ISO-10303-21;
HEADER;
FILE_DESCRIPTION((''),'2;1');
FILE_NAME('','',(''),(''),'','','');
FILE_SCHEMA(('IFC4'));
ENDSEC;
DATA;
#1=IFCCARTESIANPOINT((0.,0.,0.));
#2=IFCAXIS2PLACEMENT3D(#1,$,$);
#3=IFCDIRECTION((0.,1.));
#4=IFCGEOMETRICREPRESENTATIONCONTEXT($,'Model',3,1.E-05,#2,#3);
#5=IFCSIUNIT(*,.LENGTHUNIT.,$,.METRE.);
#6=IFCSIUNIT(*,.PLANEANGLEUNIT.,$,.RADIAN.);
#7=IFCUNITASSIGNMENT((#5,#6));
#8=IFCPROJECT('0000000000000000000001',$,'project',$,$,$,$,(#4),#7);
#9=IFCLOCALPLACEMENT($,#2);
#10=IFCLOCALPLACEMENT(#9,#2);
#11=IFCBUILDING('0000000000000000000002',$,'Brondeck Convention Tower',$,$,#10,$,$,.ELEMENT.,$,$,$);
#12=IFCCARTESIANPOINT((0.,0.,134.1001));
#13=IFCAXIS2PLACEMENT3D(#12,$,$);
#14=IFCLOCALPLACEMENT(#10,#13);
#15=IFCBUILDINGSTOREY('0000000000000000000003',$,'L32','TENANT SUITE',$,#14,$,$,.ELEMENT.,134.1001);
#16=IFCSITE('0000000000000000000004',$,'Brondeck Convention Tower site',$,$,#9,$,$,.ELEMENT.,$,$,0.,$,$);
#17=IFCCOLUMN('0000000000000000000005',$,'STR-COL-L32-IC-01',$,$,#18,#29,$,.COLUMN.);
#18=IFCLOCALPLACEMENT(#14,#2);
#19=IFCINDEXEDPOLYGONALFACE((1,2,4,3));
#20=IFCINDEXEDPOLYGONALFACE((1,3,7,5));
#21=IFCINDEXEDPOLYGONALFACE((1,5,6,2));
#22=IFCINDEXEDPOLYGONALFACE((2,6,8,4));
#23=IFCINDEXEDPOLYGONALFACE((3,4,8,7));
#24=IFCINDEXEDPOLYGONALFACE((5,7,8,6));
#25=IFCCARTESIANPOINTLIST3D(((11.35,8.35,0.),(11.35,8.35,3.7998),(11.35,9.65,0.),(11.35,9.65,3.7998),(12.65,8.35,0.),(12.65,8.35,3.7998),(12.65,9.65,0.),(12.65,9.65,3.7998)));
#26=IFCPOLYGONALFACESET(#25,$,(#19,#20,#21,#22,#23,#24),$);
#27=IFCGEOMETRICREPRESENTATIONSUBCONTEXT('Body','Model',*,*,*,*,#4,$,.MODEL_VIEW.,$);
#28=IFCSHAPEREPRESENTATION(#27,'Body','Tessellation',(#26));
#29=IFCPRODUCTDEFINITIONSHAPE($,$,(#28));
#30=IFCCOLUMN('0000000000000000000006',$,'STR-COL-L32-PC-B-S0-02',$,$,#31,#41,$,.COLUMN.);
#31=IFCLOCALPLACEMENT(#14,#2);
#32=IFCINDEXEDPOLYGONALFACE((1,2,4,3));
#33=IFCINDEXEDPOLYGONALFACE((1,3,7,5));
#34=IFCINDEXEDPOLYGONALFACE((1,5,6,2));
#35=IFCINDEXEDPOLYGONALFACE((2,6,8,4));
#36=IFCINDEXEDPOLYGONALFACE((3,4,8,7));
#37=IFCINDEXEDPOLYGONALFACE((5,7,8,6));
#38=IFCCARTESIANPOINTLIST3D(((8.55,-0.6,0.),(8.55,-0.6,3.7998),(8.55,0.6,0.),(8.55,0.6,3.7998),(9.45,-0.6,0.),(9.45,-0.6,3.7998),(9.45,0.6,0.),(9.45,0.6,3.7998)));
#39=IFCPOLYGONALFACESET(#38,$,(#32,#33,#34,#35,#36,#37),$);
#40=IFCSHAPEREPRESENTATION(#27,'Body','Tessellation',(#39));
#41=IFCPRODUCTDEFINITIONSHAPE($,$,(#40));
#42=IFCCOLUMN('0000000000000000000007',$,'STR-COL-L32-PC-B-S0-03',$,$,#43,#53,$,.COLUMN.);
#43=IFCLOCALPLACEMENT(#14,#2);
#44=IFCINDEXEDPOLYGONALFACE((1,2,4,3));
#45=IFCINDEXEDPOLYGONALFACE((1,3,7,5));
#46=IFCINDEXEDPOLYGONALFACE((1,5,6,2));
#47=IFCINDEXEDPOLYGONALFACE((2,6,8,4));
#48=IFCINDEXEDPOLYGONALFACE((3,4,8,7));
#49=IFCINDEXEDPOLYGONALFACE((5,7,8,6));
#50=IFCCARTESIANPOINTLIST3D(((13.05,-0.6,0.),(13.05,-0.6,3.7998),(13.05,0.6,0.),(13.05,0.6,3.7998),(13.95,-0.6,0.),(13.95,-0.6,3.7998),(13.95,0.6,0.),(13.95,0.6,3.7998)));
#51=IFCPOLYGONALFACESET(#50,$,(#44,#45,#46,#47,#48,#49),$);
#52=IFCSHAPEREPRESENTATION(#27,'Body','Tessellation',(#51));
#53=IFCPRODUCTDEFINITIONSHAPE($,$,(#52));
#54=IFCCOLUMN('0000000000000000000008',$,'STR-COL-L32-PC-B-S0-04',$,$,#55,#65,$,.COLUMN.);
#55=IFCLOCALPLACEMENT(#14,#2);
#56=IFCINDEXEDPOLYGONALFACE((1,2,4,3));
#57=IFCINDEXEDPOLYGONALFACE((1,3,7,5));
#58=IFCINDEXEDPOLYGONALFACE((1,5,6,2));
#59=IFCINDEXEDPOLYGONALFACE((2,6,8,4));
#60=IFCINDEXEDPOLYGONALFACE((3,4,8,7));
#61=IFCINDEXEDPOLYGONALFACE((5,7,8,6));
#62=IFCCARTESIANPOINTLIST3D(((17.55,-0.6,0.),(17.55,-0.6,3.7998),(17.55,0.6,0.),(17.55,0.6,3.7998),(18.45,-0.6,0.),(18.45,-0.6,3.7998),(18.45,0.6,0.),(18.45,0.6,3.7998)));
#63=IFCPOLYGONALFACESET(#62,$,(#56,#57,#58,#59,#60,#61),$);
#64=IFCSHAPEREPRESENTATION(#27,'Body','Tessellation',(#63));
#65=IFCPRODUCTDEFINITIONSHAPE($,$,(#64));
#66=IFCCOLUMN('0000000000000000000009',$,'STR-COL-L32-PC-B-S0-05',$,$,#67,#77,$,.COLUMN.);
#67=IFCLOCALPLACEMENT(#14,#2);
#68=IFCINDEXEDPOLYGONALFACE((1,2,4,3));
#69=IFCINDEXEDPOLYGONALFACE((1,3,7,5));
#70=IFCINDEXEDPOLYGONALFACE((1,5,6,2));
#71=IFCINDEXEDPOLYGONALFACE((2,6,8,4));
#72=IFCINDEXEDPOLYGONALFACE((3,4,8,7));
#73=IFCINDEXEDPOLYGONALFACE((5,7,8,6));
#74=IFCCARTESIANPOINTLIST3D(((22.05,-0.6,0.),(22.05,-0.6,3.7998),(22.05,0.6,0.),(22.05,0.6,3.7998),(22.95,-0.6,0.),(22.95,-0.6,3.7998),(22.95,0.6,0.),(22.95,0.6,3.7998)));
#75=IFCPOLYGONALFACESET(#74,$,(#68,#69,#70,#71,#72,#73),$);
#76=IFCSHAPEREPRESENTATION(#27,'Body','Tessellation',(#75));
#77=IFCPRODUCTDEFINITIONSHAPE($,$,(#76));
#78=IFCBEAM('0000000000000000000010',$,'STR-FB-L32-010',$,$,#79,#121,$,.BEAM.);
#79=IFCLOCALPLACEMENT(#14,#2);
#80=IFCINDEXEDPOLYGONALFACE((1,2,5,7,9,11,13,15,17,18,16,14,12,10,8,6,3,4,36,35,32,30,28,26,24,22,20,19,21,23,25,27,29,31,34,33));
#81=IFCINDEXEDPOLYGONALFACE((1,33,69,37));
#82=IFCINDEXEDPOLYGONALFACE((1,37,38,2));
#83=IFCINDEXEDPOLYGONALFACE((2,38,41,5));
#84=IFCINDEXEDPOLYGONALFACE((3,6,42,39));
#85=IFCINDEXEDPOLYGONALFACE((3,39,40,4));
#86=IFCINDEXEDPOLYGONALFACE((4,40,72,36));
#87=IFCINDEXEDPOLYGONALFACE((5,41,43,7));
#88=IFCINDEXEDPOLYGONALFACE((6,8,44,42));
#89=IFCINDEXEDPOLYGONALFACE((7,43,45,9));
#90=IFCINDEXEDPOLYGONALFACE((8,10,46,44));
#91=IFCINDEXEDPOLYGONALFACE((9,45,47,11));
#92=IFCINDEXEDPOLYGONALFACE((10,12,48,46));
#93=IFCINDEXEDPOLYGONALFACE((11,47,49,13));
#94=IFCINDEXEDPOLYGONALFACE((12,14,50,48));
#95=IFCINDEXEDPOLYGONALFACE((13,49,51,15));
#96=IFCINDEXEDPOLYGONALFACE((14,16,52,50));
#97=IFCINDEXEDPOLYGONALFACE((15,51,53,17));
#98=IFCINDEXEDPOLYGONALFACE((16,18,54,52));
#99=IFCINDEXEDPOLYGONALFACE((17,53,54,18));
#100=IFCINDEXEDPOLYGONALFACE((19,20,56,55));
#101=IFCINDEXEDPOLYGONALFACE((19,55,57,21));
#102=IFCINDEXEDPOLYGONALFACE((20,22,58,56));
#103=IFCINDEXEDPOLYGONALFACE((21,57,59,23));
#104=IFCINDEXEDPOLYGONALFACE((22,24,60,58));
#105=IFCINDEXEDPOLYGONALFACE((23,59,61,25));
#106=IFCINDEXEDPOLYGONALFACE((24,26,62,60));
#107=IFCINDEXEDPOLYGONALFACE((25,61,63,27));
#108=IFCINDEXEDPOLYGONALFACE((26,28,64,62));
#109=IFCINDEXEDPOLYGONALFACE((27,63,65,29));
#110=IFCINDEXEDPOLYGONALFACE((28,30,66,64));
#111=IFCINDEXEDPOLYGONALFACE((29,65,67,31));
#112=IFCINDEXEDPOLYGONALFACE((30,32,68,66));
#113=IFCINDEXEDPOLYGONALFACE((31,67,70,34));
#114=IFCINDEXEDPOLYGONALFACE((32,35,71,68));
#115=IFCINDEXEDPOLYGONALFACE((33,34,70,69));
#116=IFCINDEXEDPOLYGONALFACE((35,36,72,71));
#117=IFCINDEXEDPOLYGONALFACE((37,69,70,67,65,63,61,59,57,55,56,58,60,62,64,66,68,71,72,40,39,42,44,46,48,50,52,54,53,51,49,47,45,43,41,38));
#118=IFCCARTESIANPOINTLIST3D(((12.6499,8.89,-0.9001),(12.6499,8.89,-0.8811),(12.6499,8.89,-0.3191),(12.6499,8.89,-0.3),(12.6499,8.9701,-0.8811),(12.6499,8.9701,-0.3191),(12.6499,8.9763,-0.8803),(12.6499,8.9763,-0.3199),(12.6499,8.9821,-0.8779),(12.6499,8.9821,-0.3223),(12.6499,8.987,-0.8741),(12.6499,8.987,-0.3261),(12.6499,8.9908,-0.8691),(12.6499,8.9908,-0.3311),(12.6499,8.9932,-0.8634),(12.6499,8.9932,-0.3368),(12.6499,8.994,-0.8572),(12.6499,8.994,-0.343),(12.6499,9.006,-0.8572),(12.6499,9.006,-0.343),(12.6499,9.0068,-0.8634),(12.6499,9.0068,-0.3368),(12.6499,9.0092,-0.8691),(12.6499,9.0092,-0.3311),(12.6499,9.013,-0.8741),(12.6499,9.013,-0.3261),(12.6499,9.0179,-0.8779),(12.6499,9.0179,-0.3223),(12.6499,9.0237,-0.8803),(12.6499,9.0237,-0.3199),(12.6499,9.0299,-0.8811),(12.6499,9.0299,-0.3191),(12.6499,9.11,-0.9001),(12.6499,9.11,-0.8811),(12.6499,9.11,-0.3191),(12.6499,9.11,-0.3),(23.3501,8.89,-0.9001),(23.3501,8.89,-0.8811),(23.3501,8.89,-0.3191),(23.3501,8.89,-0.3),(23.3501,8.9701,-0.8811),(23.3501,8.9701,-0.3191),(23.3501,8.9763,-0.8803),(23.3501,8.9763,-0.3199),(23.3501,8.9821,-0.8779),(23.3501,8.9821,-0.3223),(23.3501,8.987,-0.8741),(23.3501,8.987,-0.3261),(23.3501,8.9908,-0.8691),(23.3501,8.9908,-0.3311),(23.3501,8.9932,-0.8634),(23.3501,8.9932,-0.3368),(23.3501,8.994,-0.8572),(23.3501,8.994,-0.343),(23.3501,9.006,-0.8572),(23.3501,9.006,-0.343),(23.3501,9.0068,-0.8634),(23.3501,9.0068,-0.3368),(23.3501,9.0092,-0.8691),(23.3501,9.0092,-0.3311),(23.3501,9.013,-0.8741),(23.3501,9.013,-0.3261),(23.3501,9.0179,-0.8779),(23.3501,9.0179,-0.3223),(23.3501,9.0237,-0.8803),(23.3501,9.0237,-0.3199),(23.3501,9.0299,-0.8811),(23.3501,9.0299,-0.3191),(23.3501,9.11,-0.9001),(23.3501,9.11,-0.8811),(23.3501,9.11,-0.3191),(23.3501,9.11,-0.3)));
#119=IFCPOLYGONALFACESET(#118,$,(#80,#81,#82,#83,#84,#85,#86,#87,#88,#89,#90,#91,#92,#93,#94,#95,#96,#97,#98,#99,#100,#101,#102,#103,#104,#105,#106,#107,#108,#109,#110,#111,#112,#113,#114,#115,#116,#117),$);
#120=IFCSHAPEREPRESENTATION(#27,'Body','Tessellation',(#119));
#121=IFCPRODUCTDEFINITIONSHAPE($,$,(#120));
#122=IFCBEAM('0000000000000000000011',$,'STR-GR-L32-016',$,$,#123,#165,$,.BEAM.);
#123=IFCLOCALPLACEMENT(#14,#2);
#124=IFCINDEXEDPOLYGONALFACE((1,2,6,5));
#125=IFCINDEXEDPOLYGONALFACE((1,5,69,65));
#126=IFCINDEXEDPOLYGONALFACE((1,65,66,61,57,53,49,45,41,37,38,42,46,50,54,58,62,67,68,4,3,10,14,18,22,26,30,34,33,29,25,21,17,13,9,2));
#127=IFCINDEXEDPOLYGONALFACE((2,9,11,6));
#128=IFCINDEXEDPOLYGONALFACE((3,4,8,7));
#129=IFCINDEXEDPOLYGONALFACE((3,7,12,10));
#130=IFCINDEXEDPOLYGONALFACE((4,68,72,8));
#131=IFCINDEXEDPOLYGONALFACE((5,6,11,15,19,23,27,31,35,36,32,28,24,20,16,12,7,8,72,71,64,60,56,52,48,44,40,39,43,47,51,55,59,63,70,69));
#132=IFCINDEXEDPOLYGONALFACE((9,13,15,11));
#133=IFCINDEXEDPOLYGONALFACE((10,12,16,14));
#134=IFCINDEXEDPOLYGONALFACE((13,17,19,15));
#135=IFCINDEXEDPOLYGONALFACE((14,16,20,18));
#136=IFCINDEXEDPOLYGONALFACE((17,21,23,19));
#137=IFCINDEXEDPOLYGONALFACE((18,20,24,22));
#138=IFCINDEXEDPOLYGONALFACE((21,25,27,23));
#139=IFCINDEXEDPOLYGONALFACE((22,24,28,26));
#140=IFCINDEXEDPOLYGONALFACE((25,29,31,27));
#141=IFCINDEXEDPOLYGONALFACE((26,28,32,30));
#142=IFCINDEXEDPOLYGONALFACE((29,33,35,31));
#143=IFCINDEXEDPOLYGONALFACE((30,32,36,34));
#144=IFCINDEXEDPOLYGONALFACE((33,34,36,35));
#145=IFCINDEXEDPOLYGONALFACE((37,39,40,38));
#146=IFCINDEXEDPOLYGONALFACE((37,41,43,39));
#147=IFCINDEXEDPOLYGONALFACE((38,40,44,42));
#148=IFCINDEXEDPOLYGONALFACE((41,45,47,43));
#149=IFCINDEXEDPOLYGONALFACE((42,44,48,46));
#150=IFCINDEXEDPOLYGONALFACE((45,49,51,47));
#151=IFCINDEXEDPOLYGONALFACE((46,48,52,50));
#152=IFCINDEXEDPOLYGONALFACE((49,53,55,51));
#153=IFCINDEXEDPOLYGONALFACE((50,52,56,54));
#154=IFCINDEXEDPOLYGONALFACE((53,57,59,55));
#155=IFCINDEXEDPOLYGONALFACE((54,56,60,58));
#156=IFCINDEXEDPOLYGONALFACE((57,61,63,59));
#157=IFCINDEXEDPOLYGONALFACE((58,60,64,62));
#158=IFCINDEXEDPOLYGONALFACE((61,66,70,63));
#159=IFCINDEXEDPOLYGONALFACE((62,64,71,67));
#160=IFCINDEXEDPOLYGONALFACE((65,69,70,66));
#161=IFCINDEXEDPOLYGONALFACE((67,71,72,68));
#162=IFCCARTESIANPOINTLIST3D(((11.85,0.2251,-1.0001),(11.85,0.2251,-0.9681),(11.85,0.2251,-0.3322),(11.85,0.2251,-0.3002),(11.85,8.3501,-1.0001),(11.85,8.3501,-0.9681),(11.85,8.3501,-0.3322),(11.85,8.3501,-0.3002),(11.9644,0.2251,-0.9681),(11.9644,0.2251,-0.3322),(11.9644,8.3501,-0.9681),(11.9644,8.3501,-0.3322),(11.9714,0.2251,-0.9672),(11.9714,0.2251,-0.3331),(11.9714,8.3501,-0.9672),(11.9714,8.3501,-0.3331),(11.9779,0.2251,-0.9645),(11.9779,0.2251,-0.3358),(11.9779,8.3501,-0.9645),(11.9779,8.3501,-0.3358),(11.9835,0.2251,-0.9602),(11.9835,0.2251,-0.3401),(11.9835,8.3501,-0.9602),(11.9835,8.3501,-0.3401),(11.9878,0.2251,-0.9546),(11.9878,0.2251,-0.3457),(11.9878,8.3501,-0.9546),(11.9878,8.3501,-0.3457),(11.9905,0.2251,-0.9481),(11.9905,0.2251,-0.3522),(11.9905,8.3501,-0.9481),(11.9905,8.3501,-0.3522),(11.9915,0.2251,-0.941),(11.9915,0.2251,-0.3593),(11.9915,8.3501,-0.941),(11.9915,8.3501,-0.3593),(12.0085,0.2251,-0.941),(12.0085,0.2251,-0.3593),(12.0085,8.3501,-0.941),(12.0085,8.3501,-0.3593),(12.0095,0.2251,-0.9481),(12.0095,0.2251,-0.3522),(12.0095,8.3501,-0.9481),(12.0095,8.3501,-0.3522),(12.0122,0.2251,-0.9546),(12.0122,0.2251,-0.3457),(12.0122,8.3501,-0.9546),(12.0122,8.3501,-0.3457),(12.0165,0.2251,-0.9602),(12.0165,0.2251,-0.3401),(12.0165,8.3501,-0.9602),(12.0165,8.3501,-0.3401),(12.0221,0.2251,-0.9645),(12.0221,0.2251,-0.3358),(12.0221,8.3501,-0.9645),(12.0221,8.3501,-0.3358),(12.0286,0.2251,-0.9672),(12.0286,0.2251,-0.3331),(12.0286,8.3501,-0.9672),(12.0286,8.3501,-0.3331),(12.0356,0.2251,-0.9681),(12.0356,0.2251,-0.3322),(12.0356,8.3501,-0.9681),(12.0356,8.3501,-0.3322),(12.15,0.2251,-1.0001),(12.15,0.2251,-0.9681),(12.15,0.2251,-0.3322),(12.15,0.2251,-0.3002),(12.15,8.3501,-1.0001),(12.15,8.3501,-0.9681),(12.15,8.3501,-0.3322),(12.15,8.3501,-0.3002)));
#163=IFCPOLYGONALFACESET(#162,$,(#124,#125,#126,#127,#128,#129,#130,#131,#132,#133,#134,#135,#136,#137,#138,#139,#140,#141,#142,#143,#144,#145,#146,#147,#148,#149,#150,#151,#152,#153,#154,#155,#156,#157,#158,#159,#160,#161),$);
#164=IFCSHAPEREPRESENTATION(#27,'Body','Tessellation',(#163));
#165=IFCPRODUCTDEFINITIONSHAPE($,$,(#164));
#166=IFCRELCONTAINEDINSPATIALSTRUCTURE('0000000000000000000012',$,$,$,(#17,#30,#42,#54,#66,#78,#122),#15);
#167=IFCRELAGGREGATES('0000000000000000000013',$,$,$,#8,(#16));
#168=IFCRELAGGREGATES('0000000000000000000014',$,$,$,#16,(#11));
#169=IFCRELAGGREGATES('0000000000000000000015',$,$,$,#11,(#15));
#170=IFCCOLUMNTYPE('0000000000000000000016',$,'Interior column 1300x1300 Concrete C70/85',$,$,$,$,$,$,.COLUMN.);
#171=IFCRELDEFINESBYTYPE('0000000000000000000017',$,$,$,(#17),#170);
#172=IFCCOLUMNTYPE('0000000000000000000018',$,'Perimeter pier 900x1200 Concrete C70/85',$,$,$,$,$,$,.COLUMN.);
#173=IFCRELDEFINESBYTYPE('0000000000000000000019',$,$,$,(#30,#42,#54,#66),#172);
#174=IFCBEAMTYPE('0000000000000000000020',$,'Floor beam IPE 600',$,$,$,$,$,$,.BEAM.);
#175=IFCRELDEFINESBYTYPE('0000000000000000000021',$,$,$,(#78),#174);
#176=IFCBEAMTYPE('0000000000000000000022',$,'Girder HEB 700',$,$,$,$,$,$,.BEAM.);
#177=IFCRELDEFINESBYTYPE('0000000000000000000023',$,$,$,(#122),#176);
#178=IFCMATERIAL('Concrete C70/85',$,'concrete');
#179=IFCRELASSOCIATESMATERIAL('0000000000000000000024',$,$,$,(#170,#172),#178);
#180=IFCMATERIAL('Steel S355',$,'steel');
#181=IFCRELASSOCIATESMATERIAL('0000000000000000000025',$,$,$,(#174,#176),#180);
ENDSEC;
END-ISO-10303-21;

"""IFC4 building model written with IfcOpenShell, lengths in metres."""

from ifc_helpers import new_model, si_unit, direction, frame, origin, origin_2d, place, context, subcontext, project, spatial, rectangle, i_section, extrude, material, material_profile, profile_set, type_object, element, save


model = new_model("IFC4")

# Units and contexts
model_context = context("Model", 3, precision=1e-05, world=origin(), true_north=direction((0.0, 1.0)))
body_context = subcontext(model_context, "Body", "Model", "MODEL_VIEW")
ifc_project = project(units=[si_unit("LENGTHUNIT", "METRE"), si_unit("PLANEANGLEUNIT", "RADIAN")], contexts=[model_context])

# Site, building, storey
site_placement = place(None, origin())
site = spatial("IfcSite", under=ifc_project, at=site_placement, Name="Brondeck Convention Tower site", CompositionType="ELEMENT", RefElevation=0.0)
building_placement = place(site_placement, origin())
building = spatial("IfcBuilding", under=site, at=building_placement, Name="Brondeck Convention Tower", CompositionType="ELEMENT")
storey_placement = place(building_placement, frame((0.0, 0.0, 134.1001)))
storey = spatial("IfcBuildingStorey", under=building, at=storey_placement, Name="L32", Description="TENANT SUITE", CompositionType="ELEMENT", Elevation=134.1001)

# Columns
ifc_material_1 = material(Name="Concrete C70/85", Category="concrete")
ifc_material_profile_1 = material_profile(ifc_material_1, rectangle(XDim=1.3, YDim=1.3, at=origin_2d()), Name="Interior column 1300x1300 Concrete C70/85")
ifc_profile_set_1 = profile_set([ifc_material_profile_1], Name="Concrete C70/85")
column_type_1 = type_object("IfcColumnType", Name="Interior column 1300x1300 Concrete C70/85", PredefinedType="COLUMN", material=ifc_profile_set_1)
column_placement = place(storey_placement, frame((12.0, 9.0, 0.0), z_axis=(0.0, 0.0, 1.0), x_axis=(1.0, 0.0, 0.0)))
element("IfcColumn", 1, at=column_placement, inside=storey, type_object=column_type_1, Name="STR-COL-L32-IC-01", PredefinedType="COLUMN", context=body_context, shape_type="SweptSolid", body=[
    extrude(rectangle(XDim=1.3, YDim=1.3, at=origin_2d()), origin(), (0.0, 0.0, 1.0), 3.7998),
])
ifc_material_profile_2 = material_profile(ifc_material_1, rectangle(XDim=0.8999, YDim=1.2, at=origin_2d()), Name="Perimeter pier 900x1200 Concrete C70/85")
ifc_profile_set_2 = profile_set([ifc_material_profile_2], Name="Concrete C70/85")
column_type_2 = type_object("IfcColumnType", Name="Perimeter pier 900x1200 Concrete C70/85", PredefinedType="COLUMN", material=ifc_profile_set_2)
for number, where, z_axis, x_axis, name in (
    (2, (9.0, 0.0, 0.0), (0.0, 0.0, 1.0), (1.0, 0.0, 0.0), "STR-COL-L32-PC-B-S0-02"),
    (3, (13.5, 0.0, 0.0), (0.0, 0.0, 1.0), (1.0, 0.0, 0.0), "STR-COL-L32-PC-B-S0-03"),
    (4, (18.0, 0.0, 0.0), (0.0, 0.0, 1.0), (1.0, 0.0, 0.0), "STR-COL-L32-PC-B-S0-04"),
    (5, (22.5, 0.0, 0.0), (0.0, 0.0, 1.0), (1.0, 0.0, 0.0), "STR-COL-L32-PC-B-S0-05"),
):
    element("IfcColumn", number, at=place(storey_placement, frame(where, z_axis=z_axis, x_axis=x_axis)), inside=storey, type_object=column_type_2, Name=name, PredefinedType="COLUMN", context=body_context, shape_type="SweptSolid", body=[
        extrude(rectangle(XDim=0.8999, YDim=1.2, at=origin_2d()), origin(), (0.0, 0.0, 1.0), 3.7998),
    ])

# Beams
ifc_material_2 = material(Name="Steel S355", Category="steel")
ifc_material_profile_3 = material_profile(ifc_material_2, i_section(OverallWidth=0.22, OverallDepth=0.6001, WebThickness=0.012, FlangeThickness=0.019, FilletRadius=0.0239, at=origin_2d()), Name="IPE 600")
ifc_profile_set_3 = profile_set([ifc_material_profile_3], Name="Steel S355")
beam_type_1 = type_object("IfcBeamType", Name="Floor beam IPE 600", PredefinedType="BEAM", material=ifc_profile_set_3)
beam_1_placement = place(storey_placement, frame((12.6499, 9.0, -0.6001), z_axis=(1.0, 0.0, 0.0), x_axis=(0.0, 1.0, 0.0)))
element("IfcBeam", 6, at=beam_1_placement, inside=storey, type_object=beam_type_1, Name="STR-FB-L32-010", PredefinedType="BEAM", context=body_context, shape_type="SweptSolid", body=[
    extrude(i_section(OverallWidth=0.22, OverallDepth=0.6001, WebThickness=0.012, FlangeThickness=0.019, FilletRadius=0.0239, at=origin_2d()), origin(), (0.0, 0.0, 1.0), 10.7002),
])
ifc_material_profile_4 = material_profile(ifc_material_2, i_section(OverallWidth=0.3, OverallDepth=0.7, WebThickness=0.0171, FlangeThickness=0.032, FilletRadius=0.0271, at=origin_2d()), Name="HEB 700")
ifc_profile_set_4 = profile_set([ifc_material_profile_4], Name="Steel S355")
beam_type_2 = type_object("IfcBeamType", Name="Girder HEB 700", PredefinedType="BEAM", material=ifc_profile_set_4)
beam_2_placement = place(storey_placement, frame((12.0, 8.3501, -0.6501), z_axis=(0.0, -1.0, 0.0), x_axis=(1.0, 0.0, 0.0)))
element("IfcBeam", 7, at=beam_2_placement, inside=storey, type_object=beam_type_2, Name="STR-GR-L32-016", PredefinedType="BEAM", context=body_context, shape_type="SweptSolid", body=[
    extrude(i_section(OverallWidth=0.3, OverallDepth=0.7, WebThickness=0.0171, FlangeThickness=0.032, FilletRadius=0.0271, at=origin_2d()), origin(), (0.0, 0.0, 1.0), 8.125),
])

save(model, "model.ifc")
